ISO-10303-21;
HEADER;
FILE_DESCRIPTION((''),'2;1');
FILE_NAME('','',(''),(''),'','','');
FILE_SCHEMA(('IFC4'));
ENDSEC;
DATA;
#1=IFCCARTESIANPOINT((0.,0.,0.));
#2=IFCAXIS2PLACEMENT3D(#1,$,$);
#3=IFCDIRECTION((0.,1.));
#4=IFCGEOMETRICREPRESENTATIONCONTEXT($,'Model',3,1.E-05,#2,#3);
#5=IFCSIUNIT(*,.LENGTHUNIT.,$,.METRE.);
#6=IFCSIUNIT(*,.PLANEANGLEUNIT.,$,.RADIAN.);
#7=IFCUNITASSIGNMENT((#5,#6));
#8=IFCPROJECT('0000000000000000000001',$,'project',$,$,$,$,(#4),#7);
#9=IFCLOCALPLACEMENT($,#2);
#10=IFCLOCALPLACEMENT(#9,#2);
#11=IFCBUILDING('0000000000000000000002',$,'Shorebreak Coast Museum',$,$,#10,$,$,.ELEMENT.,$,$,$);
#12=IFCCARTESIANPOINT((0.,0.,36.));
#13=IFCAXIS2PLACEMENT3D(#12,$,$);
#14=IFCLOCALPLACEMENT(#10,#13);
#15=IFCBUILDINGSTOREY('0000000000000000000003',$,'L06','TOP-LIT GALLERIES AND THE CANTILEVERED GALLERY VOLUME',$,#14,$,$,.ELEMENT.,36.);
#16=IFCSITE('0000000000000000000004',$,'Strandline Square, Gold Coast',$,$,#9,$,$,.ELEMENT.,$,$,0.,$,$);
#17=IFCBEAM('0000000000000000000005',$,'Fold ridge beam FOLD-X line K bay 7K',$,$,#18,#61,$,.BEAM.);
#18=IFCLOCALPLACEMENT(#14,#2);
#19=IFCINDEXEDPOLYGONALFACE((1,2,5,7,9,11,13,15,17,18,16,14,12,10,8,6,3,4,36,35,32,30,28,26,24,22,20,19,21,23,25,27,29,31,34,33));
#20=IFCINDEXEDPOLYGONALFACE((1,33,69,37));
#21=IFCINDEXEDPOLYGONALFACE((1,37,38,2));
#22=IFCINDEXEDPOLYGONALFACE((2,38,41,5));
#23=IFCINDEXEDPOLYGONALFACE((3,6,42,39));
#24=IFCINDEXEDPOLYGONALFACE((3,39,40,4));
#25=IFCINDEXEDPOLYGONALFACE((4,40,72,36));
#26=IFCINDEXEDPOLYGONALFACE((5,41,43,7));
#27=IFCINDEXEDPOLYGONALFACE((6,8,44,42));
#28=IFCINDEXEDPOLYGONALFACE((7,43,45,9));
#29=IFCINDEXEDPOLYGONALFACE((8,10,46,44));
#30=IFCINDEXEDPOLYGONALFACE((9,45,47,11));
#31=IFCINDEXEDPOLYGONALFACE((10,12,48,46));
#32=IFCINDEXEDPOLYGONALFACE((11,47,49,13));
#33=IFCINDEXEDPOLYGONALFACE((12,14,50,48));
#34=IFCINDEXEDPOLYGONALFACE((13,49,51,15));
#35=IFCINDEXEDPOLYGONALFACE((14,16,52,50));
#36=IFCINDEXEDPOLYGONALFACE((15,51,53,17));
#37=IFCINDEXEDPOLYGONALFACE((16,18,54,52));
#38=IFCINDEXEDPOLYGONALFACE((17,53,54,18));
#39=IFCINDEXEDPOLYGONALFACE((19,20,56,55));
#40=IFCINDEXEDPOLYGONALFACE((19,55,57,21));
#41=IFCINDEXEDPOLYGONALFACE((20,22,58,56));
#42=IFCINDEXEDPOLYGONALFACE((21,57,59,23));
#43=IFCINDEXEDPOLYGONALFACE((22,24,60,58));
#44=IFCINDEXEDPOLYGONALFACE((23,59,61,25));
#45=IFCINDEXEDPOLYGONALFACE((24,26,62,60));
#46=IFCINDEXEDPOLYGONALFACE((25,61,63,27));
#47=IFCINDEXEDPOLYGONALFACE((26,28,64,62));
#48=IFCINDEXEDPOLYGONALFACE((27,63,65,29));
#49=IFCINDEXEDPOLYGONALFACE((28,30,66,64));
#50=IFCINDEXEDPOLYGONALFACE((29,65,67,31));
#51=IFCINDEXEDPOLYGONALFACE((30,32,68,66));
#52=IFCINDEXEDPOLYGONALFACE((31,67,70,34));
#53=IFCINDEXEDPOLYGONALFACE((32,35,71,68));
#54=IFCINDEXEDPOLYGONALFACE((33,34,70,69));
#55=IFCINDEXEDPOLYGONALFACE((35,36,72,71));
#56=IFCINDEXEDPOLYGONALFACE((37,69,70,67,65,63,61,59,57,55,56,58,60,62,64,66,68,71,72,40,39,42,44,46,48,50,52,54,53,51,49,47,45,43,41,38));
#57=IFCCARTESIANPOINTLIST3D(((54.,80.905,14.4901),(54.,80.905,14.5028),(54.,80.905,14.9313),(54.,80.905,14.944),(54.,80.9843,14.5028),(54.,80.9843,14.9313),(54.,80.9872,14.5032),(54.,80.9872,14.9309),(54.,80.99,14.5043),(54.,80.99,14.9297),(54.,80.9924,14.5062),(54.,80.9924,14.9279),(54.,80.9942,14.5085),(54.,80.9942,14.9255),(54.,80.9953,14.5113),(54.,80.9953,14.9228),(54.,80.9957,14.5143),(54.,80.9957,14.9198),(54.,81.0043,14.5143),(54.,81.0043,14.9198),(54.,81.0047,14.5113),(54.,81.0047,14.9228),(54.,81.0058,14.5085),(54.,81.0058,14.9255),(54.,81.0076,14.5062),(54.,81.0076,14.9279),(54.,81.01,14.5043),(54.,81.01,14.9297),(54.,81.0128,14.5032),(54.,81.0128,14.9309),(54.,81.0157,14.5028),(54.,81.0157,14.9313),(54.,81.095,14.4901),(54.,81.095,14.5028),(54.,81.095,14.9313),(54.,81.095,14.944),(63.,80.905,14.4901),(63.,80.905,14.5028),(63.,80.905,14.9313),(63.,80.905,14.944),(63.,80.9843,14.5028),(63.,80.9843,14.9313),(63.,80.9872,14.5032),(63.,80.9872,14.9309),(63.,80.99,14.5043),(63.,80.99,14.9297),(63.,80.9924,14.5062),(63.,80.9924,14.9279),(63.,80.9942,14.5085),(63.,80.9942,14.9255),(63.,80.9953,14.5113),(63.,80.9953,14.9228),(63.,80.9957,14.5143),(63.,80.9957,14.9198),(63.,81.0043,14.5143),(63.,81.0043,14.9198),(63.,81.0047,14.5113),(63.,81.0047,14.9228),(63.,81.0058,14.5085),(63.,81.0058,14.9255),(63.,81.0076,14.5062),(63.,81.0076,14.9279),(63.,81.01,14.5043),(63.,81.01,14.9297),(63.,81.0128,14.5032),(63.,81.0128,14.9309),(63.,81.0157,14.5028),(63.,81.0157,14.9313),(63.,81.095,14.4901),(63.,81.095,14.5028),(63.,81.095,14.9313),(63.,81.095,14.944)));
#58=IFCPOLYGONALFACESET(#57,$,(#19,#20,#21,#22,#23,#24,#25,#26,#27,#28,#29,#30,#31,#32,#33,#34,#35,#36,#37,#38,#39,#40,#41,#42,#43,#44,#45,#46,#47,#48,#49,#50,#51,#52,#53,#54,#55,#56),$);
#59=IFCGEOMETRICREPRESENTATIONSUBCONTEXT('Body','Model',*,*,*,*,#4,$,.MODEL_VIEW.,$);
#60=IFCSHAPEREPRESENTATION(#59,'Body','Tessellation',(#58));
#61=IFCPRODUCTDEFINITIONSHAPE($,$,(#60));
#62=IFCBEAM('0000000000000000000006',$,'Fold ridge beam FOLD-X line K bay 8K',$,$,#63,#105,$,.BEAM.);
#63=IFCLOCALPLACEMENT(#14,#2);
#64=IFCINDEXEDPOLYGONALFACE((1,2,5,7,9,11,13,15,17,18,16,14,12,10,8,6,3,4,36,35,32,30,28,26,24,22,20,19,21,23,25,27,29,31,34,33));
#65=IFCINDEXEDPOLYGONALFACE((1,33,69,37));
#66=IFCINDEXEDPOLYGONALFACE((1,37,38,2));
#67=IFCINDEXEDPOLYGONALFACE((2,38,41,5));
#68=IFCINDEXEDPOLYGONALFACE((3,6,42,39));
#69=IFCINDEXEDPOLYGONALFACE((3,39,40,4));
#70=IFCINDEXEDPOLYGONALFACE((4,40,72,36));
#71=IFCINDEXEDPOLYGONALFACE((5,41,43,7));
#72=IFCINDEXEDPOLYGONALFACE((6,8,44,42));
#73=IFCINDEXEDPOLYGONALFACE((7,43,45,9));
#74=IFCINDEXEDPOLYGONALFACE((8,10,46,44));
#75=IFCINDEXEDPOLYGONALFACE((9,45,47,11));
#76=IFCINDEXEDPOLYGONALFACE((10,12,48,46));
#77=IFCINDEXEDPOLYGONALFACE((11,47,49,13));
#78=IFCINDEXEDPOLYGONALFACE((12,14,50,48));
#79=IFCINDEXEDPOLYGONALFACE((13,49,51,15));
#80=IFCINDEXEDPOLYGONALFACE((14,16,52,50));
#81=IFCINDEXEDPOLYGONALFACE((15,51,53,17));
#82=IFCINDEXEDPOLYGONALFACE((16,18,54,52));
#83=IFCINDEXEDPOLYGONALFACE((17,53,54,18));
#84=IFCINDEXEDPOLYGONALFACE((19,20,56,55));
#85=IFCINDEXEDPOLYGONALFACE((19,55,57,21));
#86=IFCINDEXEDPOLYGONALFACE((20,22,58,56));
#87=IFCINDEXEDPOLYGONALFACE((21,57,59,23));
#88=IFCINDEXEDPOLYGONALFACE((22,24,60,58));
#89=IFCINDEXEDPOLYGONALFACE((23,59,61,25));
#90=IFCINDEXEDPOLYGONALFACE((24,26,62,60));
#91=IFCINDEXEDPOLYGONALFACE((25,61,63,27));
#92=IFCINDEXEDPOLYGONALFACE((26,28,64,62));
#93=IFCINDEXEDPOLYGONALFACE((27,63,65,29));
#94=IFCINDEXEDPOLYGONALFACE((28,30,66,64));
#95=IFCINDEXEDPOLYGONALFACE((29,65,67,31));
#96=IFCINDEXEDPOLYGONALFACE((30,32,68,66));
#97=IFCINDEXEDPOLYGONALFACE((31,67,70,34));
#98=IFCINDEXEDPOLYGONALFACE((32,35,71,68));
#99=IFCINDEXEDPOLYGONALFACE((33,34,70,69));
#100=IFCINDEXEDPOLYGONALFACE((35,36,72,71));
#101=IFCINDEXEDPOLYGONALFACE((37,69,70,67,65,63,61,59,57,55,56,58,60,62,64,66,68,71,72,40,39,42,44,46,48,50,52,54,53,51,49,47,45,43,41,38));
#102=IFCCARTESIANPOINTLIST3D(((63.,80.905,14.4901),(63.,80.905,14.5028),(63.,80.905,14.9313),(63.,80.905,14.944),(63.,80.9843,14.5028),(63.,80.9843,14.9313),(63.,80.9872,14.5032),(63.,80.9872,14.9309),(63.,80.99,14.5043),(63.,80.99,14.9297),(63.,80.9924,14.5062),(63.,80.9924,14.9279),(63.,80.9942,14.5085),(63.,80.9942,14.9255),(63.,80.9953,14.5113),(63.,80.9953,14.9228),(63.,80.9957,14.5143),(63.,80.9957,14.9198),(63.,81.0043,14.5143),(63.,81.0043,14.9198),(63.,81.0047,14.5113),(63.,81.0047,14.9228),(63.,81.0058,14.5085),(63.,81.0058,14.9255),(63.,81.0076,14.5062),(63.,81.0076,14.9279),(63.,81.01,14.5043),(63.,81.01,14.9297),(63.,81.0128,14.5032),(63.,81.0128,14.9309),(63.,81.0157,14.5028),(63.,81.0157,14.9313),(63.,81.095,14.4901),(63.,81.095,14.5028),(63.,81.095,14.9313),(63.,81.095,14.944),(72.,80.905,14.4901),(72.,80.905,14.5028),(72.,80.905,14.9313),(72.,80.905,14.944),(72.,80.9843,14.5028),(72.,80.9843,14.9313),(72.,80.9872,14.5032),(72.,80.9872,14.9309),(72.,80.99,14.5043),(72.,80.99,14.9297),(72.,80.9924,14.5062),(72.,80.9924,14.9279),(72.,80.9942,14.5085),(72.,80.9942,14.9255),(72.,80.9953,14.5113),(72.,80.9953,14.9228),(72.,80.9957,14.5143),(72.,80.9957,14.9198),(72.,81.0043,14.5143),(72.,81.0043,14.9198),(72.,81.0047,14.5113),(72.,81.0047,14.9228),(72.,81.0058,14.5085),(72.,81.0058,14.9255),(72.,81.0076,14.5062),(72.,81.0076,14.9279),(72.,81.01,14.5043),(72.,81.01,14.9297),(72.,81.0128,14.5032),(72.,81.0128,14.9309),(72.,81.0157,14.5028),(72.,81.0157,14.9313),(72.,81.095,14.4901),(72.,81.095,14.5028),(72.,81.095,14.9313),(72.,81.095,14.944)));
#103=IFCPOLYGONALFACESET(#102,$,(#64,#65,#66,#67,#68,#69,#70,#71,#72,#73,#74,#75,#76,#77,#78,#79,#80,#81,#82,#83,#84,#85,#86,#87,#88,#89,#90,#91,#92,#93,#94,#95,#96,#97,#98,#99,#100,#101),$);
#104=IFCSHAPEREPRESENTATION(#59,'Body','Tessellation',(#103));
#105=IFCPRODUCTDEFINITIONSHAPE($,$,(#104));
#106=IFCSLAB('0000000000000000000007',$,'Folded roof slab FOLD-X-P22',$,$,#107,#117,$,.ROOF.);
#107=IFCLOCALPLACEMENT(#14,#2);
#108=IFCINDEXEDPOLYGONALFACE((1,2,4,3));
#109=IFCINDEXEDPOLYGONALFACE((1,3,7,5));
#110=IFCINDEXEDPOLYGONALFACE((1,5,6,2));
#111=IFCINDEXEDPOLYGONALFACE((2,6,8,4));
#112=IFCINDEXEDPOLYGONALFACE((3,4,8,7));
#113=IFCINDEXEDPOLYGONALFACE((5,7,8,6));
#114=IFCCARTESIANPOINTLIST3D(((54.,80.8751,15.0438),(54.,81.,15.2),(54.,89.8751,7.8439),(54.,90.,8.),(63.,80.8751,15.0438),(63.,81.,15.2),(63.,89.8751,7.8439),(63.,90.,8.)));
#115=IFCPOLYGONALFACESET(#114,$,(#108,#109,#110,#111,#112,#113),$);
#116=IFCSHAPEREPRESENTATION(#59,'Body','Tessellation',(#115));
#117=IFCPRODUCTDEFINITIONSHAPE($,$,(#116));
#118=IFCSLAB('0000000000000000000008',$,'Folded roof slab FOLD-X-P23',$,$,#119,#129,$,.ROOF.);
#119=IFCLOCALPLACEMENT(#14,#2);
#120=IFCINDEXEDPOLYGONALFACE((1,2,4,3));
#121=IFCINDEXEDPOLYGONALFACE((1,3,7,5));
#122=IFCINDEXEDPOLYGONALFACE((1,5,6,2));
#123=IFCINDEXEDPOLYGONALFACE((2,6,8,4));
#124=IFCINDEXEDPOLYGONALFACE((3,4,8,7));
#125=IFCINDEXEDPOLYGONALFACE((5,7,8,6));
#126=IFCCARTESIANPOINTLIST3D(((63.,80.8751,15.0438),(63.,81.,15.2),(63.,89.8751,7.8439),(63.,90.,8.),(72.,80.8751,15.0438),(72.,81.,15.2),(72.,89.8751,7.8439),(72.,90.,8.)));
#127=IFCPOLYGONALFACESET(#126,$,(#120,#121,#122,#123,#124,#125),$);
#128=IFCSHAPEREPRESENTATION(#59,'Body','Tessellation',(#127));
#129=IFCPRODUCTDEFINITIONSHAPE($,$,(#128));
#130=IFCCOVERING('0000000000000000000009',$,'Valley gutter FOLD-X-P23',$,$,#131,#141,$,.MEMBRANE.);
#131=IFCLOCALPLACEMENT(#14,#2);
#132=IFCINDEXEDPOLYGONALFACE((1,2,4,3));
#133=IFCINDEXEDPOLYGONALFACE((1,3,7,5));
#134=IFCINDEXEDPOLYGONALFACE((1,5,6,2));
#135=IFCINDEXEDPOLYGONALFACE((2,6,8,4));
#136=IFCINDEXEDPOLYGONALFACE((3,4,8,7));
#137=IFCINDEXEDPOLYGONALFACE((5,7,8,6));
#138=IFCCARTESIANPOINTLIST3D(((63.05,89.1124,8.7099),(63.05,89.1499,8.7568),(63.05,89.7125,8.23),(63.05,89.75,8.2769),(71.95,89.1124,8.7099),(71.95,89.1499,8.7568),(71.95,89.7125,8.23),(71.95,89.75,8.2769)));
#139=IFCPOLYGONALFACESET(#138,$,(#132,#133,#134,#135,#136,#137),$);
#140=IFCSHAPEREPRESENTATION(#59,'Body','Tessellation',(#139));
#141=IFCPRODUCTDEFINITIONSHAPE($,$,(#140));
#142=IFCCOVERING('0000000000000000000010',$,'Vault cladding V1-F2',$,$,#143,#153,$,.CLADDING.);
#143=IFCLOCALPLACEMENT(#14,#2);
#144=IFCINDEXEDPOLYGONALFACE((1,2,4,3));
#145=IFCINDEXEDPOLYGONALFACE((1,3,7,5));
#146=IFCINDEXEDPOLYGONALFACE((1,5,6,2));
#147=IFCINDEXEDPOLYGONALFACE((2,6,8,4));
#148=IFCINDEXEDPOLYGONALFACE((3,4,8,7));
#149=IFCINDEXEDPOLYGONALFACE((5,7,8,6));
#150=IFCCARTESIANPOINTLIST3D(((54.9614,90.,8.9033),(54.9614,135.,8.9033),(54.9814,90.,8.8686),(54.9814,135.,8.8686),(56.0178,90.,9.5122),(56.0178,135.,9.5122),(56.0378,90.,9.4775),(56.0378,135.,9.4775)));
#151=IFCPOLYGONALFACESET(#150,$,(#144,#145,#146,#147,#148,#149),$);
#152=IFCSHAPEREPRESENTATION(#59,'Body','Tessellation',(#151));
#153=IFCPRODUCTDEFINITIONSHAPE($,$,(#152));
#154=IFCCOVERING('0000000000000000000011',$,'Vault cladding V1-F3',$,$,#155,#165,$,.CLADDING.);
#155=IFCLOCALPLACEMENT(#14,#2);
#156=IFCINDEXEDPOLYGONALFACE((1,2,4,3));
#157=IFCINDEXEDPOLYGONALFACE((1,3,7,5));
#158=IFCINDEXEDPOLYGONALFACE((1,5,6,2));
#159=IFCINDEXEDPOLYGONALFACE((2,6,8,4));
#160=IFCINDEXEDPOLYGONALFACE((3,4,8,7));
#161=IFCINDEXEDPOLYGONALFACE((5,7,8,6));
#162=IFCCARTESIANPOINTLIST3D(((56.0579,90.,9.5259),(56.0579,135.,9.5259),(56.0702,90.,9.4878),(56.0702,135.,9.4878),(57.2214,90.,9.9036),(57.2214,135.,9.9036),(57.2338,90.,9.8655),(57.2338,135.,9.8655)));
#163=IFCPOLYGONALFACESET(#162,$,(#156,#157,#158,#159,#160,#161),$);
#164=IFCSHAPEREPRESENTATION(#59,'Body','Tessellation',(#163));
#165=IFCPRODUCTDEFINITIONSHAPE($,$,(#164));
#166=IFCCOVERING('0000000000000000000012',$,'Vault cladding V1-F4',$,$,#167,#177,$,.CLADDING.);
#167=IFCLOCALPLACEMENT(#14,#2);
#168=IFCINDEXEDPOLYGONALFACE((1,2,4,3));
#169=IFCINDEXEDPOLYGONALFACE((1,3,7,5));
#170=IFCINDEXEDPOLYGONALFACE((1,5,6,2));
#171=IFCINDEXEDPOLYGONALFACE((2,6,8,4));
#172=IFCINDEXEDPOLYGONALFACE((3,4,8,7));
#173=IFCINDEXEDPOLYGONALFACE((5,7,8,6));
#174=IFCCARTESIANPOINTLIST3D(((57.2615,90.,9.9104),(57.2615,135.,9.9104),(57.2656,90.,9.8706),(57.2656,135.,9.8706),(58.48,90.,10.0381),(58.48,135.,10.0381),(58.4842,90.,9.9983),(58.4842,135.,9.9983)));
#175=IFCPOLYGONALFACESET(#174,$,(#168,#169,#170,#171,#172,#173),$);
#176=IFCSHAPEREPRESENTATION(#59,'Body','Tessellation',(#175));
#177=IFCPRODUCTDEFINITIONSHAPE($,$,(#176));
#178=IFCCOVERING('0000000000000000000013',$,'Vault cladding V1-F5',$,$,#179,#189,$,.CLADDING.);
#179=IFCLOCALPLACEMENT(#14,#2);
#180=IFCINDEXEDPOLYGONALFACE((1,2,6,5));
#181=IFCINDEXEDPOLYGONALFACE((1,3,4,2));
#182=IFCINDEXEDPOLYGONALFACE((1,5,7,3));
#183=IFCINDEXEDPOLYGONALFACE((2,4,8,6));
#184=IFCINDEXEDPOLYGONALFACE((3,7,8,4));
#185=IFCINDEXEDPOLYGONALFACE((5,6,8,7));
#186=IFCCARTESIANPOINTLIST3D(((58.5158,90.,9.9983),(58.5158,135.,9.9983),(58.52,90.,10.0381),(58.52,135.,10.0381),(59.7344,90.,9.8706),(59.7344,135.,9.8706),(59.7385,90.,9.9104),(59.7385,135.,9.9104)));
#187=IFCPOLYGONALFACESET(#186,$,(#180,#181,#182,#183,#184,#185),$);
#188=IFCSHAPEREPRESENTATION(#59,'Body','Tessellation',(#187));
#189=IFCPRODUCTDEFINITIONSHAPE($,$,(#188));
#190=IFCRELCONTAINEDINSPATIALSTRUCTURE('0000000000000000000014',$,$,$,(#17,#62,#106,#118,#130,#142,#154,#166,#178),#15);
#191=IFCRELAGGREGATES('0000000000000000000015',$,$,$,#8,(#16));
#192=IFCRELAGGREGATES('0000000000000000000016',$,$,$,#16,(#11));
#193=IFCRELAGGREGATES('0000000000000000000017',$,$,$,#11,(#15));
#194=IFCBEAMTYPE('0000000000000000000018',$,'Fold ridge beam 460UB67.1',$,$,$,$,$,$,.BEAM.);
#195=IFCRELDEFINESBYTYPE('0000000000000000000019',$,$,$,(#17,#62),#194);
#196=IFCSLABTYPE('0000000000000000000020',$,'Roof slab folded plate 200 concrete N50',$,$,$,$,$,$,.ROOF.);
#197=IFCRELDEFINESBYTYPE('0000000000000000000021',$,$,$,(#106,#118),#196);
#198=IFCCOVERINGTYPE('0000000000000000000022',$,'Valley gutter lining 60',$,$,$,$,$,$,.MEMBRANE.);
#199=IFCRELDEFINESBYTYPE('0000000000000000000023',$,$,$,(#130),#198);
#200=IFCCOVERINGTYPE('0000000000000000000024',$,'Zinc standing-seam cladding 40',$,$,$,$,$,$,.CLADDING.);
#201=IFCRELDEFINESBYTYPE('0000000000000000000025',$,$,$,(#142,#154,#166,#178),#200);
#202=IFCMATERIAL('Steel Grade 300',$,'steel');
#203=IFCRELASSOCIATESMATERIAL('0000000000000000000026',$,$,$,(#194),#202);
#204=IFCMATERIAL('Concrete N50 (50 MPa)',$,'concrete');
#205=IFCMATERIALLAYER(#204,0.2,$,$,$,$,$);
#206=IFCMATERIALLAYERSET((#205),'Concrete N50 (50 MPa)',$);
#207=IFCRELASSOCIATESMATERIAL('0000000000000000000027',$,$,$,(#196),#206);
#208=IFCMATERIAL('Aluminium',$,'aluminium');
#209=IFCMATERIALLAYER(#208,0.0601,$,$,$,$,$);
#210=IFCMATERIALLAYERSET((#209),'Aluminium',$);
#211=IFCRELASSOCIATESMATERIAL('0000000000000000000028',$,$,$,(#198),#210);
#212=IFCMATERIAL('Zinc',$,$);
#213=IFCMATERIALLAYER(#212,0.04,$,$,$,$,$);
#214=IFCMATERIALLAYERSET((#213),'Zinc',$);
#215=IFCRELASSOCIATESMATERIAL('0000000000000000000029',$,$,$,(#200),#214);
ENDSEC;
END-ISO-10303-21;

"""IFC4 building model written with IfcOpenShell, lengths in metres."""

from ifc_helpers import new_model, si_unit, direction, frame, origin, origin_2d, place, context, subcontext, project, spatial, polyline, i_section, outline, extrude, material, layer, layer_set, material_profile, profile_set, type_object, element, save


model = new_model("IFC4")

# Units and contexts
model_context = context("Model", 3, precision=1e-05, world=origin(), true_north=direction((0.0, 1.0)))
body_context = subcontext(model_context, "Body", "Model", "MODEL_VIEW")
ifc_project = project(units=[si_unit("LENGTHUNIT", "METRE"), si_unit("PLANEANGLEUNIT", "RADIAN")], contexts=[model_context])

# Site, building, storey
site_placement = place(None, origin())
site = spatial("IfcSite", under=ifc_project, at=site_placement, Name="Strandline Square, Gold Coast", CompositionType="ELEMENT", RefElevation=0.0)
building_placement = place(site_placement, origin())
building = spatial("IfcBuilding", under=site, at=building_placement, Name="Shorebreak Coast Museum", CompositionType="ELEMENT")
storey_placement = place(building_placement, frame((0.0, 0.0, 36.0)))
storey = spatial("IfcBuildingStorey", under=building, at=storey_placement, Name="L06", Description="TOP-LIT GALLERIES AND THE CANTILEVERED GALLERY VOLUME", CompositionType="ELEMENT", Elevation=36.0)

# Beams
ifc_material_1 = material(Name="Steel Grade 300", Category="steel")
ifc_material_profile_1 = material_profile(ifc_material_1, i_section(OverallWidth=0.1899, OverallDepth=0.4539, WebThickness=0.0085, FlangeThickness=0.0127, FilletRadius=0.0115, at=origin_2d()), Name="460UB67.1")
ifc_profile_set_1 = profile_set([ifc_material_profile_1], Name="Steel Grade 300")
beam_type = type_object("IfcBeamType", Name="Fold ridge beam 460UB67.1", PredefinedType="BEAM", material=ifc_profile_set_1)
for number, where, z_axis, x_axis, name in (
    (1, (54.0, 81.0, 14.717), (1.0, 0.0, 0.0), (0.0, 1.0, 0.0), "Fold ridge beam FOLD-X line K bay 7K"),
    (2, (63.0, 81.0, 14.717), (1.0, 0.0, 0.0), (0.0, 1.0, 0.0), "Fold ridge beam FOLD-X line K bay 8K"),
):
    element("IfcBeam", number, at=place(storey_placement, frame(where, z_axis=z_axis, x_axis=x_axis)), inside=storey, type_object=beam_type, Name=name, PredefinedType="BEAM", context=body_context, shape_type="SweptSolid", body=[
        extrude(i_section(OverallWidth=0.1899, OverallDepth=0.4539, WebThickness=0.0085, FlangeThickness=0.0127, FilletRadius=0.0115, at=origin_2d()), origin(), (0.0, 0.0, 1.0), 9.0),
    ])

# Slabs
ifc_material_2 = material(Name="Concrete N50 (50 MPa)", Category="concrete")
ifc_layer_1 = layer(ifc_material_2, 0.2)
ifc_layer_set_1 = layer_set([ifc_layer_1], Name="Concrete N50 (50 MPa)")
slab_type = type_object("IfcSlabType", Name="Roof slab folded plate 200 concrete N50", PredefinedType="ROOF", material=ifc_layer_set_1)
for number, where, z_axis, x_axis, name in (
    (3, (54.0, 81.0, 15.2), (0.0, 0.624692, 0.780871), (1.0, 0.0, 0.0), "Folded roof slab FOLD-X-P22"),
    (4, (63.0, 81.0, 15.2), (0.0, 0.624692, 0.780871), (1.0, 0.0, 0.0), "Folded roof slab FOLD-X-P23"),
):
    element("IfcSlab", number, at=place(storey_placement, frame(where, z_axis=z_axis, x_axis=x_axis)), inside=storey, type_object=slab_type, Name=name, PredefinedType="ROOF", context=body_context, shape_type="SweptSolid", body=[
        extrude(outline(polyline([(0.0, 0.0), (9.0, 0.0), (9.0, 11.5256), (0.0, 11.5256), (0.0, 0.0)])), origin(), (0.0, 0.0, -1.0), 0.2),
    ])

# Coverings
ifc_material_3 = material(Name="Aluminium", Category="aluminium")
ifc_layer_2 = layer(ifc_material_3, 0.0601)
ifc_layer_set_2 = layer_set([ifc_layer_2], Name="Aluminium")
covering_type_1 = type_object("IfcCoveringType", Name="Valley gutter lining 60", PredefinedType="MEMBRANE", material=ifc_layer_set_2)
covering_1_placement = place(storey_placement, frame((63.05, 89.1499, 8.7568), z_axis=(0.0, 0.624618, 0.780931), x_axis=(1.0, 0.0, 0.0)))
element("IfcCovering", 5, at=covering_1_placement, inside=storey, type_object=covering_type_1, Name="Valley gutter FOLD-X-P23", PredefinedType="MEMBRANE", context=body_context, shape_type="SweptSolid", body=[
    extrude(outline(polyline([(0.0, 0.0), (8.8999, 0.0), (8.8999, 0.7684), (0.0, 0.7684), (0.0, 0.0)])), origin(), (0.0, 0.0, -1.0), 0.0601),
])
ifc_material_4 = material(Name="Zinc")
ifc_layer_3 = layer(ifc_material_4, 0.04)
ifc_layer_set_3 = layer_set([ifc_layer_3], Name="Zinc")
covering_type_2 = type_object("IfcCoveringType", Name="Zinc standing-seam cladding 40", PredefinedType="CLADDING", material=ifc_layer_set_3)
covering_2_placement = place(storey_placement, frame((54.9614, 90.0, 8.9033), z_axis=(-0.49937, 0.0, 0.866389), x_axis=(0.866389, 0.0, 0.49937)))
element("IfcCovering", 6, at=covering_2_placement, inside=storey, type_object=covering_type_2, Name="Vault cladding V1-F2", PredefinedType="CLADDING", context=body_context, shape_type="SweptSolid", body=[
    extrude(outline(polyline([(0.0, 0.0), (1.2193, 0.0), (1.2193, 45.0), (0.0, 45.0), (0.0, 0.0)])), origin(), (0.0, 0.0, -1.0), 0.04),
])
covering_3_placement = place(storey_placement, frame((56.0579, 90.0, 9.5259), z_axis=(-0.308734, 0.0, 0.951148), x_axis=(0.951148, 0.0, 0.308734)))
element("IfcCovering", 7, at=covering_3_placement, inside=storey, type_object=covering_type_2, Name="Vault cladding V1-F3", PredefinedType="CLADDING", context=body_context, shape_type="SweptSolid", body=[
    extrude(outline(polyline([(0.0, 0.0), (1.2233, 0.0), (1.2233, 45.0), (0.0, 45.0), (0.0, 0.0)])), origin(), (0.0, 0.0, -1.0), 0.04),
])
for number, where, z_axis, x_axis, name in (
    (8, (57.2615, 90.0, 9.9104), (-0.104218, 0.0, 0.994554), (0.994554, 0.0, 0.104218), "Vault cladding V1-F4"),
    (9, (58.52, 90.0, 10.0381), (0.104218, 0.0, 0.994554), (0.994554, 0.0, -0.104218), "Vault cladding V1-F5"),
):
    element("IfcCovering", number, at=place(storey_placement, frame(where, z_axis=z_axis, x_axis=x_axis)), inside=storey, type_object=covering_type_2, Name=name, PredefinedType="CLADDING", context=body_context, shape_type="SweptSolid", body=[
        extrude(outline(polyline([(0.0, 0.0), (1.2252, 0.0), (1.2252, 45.0), (0.0, 45.0), (0.0, 0.0)])), origin(), (0.0, 0.0, -1.0), 0.04),
    ])

save(model, "model.ifc")
